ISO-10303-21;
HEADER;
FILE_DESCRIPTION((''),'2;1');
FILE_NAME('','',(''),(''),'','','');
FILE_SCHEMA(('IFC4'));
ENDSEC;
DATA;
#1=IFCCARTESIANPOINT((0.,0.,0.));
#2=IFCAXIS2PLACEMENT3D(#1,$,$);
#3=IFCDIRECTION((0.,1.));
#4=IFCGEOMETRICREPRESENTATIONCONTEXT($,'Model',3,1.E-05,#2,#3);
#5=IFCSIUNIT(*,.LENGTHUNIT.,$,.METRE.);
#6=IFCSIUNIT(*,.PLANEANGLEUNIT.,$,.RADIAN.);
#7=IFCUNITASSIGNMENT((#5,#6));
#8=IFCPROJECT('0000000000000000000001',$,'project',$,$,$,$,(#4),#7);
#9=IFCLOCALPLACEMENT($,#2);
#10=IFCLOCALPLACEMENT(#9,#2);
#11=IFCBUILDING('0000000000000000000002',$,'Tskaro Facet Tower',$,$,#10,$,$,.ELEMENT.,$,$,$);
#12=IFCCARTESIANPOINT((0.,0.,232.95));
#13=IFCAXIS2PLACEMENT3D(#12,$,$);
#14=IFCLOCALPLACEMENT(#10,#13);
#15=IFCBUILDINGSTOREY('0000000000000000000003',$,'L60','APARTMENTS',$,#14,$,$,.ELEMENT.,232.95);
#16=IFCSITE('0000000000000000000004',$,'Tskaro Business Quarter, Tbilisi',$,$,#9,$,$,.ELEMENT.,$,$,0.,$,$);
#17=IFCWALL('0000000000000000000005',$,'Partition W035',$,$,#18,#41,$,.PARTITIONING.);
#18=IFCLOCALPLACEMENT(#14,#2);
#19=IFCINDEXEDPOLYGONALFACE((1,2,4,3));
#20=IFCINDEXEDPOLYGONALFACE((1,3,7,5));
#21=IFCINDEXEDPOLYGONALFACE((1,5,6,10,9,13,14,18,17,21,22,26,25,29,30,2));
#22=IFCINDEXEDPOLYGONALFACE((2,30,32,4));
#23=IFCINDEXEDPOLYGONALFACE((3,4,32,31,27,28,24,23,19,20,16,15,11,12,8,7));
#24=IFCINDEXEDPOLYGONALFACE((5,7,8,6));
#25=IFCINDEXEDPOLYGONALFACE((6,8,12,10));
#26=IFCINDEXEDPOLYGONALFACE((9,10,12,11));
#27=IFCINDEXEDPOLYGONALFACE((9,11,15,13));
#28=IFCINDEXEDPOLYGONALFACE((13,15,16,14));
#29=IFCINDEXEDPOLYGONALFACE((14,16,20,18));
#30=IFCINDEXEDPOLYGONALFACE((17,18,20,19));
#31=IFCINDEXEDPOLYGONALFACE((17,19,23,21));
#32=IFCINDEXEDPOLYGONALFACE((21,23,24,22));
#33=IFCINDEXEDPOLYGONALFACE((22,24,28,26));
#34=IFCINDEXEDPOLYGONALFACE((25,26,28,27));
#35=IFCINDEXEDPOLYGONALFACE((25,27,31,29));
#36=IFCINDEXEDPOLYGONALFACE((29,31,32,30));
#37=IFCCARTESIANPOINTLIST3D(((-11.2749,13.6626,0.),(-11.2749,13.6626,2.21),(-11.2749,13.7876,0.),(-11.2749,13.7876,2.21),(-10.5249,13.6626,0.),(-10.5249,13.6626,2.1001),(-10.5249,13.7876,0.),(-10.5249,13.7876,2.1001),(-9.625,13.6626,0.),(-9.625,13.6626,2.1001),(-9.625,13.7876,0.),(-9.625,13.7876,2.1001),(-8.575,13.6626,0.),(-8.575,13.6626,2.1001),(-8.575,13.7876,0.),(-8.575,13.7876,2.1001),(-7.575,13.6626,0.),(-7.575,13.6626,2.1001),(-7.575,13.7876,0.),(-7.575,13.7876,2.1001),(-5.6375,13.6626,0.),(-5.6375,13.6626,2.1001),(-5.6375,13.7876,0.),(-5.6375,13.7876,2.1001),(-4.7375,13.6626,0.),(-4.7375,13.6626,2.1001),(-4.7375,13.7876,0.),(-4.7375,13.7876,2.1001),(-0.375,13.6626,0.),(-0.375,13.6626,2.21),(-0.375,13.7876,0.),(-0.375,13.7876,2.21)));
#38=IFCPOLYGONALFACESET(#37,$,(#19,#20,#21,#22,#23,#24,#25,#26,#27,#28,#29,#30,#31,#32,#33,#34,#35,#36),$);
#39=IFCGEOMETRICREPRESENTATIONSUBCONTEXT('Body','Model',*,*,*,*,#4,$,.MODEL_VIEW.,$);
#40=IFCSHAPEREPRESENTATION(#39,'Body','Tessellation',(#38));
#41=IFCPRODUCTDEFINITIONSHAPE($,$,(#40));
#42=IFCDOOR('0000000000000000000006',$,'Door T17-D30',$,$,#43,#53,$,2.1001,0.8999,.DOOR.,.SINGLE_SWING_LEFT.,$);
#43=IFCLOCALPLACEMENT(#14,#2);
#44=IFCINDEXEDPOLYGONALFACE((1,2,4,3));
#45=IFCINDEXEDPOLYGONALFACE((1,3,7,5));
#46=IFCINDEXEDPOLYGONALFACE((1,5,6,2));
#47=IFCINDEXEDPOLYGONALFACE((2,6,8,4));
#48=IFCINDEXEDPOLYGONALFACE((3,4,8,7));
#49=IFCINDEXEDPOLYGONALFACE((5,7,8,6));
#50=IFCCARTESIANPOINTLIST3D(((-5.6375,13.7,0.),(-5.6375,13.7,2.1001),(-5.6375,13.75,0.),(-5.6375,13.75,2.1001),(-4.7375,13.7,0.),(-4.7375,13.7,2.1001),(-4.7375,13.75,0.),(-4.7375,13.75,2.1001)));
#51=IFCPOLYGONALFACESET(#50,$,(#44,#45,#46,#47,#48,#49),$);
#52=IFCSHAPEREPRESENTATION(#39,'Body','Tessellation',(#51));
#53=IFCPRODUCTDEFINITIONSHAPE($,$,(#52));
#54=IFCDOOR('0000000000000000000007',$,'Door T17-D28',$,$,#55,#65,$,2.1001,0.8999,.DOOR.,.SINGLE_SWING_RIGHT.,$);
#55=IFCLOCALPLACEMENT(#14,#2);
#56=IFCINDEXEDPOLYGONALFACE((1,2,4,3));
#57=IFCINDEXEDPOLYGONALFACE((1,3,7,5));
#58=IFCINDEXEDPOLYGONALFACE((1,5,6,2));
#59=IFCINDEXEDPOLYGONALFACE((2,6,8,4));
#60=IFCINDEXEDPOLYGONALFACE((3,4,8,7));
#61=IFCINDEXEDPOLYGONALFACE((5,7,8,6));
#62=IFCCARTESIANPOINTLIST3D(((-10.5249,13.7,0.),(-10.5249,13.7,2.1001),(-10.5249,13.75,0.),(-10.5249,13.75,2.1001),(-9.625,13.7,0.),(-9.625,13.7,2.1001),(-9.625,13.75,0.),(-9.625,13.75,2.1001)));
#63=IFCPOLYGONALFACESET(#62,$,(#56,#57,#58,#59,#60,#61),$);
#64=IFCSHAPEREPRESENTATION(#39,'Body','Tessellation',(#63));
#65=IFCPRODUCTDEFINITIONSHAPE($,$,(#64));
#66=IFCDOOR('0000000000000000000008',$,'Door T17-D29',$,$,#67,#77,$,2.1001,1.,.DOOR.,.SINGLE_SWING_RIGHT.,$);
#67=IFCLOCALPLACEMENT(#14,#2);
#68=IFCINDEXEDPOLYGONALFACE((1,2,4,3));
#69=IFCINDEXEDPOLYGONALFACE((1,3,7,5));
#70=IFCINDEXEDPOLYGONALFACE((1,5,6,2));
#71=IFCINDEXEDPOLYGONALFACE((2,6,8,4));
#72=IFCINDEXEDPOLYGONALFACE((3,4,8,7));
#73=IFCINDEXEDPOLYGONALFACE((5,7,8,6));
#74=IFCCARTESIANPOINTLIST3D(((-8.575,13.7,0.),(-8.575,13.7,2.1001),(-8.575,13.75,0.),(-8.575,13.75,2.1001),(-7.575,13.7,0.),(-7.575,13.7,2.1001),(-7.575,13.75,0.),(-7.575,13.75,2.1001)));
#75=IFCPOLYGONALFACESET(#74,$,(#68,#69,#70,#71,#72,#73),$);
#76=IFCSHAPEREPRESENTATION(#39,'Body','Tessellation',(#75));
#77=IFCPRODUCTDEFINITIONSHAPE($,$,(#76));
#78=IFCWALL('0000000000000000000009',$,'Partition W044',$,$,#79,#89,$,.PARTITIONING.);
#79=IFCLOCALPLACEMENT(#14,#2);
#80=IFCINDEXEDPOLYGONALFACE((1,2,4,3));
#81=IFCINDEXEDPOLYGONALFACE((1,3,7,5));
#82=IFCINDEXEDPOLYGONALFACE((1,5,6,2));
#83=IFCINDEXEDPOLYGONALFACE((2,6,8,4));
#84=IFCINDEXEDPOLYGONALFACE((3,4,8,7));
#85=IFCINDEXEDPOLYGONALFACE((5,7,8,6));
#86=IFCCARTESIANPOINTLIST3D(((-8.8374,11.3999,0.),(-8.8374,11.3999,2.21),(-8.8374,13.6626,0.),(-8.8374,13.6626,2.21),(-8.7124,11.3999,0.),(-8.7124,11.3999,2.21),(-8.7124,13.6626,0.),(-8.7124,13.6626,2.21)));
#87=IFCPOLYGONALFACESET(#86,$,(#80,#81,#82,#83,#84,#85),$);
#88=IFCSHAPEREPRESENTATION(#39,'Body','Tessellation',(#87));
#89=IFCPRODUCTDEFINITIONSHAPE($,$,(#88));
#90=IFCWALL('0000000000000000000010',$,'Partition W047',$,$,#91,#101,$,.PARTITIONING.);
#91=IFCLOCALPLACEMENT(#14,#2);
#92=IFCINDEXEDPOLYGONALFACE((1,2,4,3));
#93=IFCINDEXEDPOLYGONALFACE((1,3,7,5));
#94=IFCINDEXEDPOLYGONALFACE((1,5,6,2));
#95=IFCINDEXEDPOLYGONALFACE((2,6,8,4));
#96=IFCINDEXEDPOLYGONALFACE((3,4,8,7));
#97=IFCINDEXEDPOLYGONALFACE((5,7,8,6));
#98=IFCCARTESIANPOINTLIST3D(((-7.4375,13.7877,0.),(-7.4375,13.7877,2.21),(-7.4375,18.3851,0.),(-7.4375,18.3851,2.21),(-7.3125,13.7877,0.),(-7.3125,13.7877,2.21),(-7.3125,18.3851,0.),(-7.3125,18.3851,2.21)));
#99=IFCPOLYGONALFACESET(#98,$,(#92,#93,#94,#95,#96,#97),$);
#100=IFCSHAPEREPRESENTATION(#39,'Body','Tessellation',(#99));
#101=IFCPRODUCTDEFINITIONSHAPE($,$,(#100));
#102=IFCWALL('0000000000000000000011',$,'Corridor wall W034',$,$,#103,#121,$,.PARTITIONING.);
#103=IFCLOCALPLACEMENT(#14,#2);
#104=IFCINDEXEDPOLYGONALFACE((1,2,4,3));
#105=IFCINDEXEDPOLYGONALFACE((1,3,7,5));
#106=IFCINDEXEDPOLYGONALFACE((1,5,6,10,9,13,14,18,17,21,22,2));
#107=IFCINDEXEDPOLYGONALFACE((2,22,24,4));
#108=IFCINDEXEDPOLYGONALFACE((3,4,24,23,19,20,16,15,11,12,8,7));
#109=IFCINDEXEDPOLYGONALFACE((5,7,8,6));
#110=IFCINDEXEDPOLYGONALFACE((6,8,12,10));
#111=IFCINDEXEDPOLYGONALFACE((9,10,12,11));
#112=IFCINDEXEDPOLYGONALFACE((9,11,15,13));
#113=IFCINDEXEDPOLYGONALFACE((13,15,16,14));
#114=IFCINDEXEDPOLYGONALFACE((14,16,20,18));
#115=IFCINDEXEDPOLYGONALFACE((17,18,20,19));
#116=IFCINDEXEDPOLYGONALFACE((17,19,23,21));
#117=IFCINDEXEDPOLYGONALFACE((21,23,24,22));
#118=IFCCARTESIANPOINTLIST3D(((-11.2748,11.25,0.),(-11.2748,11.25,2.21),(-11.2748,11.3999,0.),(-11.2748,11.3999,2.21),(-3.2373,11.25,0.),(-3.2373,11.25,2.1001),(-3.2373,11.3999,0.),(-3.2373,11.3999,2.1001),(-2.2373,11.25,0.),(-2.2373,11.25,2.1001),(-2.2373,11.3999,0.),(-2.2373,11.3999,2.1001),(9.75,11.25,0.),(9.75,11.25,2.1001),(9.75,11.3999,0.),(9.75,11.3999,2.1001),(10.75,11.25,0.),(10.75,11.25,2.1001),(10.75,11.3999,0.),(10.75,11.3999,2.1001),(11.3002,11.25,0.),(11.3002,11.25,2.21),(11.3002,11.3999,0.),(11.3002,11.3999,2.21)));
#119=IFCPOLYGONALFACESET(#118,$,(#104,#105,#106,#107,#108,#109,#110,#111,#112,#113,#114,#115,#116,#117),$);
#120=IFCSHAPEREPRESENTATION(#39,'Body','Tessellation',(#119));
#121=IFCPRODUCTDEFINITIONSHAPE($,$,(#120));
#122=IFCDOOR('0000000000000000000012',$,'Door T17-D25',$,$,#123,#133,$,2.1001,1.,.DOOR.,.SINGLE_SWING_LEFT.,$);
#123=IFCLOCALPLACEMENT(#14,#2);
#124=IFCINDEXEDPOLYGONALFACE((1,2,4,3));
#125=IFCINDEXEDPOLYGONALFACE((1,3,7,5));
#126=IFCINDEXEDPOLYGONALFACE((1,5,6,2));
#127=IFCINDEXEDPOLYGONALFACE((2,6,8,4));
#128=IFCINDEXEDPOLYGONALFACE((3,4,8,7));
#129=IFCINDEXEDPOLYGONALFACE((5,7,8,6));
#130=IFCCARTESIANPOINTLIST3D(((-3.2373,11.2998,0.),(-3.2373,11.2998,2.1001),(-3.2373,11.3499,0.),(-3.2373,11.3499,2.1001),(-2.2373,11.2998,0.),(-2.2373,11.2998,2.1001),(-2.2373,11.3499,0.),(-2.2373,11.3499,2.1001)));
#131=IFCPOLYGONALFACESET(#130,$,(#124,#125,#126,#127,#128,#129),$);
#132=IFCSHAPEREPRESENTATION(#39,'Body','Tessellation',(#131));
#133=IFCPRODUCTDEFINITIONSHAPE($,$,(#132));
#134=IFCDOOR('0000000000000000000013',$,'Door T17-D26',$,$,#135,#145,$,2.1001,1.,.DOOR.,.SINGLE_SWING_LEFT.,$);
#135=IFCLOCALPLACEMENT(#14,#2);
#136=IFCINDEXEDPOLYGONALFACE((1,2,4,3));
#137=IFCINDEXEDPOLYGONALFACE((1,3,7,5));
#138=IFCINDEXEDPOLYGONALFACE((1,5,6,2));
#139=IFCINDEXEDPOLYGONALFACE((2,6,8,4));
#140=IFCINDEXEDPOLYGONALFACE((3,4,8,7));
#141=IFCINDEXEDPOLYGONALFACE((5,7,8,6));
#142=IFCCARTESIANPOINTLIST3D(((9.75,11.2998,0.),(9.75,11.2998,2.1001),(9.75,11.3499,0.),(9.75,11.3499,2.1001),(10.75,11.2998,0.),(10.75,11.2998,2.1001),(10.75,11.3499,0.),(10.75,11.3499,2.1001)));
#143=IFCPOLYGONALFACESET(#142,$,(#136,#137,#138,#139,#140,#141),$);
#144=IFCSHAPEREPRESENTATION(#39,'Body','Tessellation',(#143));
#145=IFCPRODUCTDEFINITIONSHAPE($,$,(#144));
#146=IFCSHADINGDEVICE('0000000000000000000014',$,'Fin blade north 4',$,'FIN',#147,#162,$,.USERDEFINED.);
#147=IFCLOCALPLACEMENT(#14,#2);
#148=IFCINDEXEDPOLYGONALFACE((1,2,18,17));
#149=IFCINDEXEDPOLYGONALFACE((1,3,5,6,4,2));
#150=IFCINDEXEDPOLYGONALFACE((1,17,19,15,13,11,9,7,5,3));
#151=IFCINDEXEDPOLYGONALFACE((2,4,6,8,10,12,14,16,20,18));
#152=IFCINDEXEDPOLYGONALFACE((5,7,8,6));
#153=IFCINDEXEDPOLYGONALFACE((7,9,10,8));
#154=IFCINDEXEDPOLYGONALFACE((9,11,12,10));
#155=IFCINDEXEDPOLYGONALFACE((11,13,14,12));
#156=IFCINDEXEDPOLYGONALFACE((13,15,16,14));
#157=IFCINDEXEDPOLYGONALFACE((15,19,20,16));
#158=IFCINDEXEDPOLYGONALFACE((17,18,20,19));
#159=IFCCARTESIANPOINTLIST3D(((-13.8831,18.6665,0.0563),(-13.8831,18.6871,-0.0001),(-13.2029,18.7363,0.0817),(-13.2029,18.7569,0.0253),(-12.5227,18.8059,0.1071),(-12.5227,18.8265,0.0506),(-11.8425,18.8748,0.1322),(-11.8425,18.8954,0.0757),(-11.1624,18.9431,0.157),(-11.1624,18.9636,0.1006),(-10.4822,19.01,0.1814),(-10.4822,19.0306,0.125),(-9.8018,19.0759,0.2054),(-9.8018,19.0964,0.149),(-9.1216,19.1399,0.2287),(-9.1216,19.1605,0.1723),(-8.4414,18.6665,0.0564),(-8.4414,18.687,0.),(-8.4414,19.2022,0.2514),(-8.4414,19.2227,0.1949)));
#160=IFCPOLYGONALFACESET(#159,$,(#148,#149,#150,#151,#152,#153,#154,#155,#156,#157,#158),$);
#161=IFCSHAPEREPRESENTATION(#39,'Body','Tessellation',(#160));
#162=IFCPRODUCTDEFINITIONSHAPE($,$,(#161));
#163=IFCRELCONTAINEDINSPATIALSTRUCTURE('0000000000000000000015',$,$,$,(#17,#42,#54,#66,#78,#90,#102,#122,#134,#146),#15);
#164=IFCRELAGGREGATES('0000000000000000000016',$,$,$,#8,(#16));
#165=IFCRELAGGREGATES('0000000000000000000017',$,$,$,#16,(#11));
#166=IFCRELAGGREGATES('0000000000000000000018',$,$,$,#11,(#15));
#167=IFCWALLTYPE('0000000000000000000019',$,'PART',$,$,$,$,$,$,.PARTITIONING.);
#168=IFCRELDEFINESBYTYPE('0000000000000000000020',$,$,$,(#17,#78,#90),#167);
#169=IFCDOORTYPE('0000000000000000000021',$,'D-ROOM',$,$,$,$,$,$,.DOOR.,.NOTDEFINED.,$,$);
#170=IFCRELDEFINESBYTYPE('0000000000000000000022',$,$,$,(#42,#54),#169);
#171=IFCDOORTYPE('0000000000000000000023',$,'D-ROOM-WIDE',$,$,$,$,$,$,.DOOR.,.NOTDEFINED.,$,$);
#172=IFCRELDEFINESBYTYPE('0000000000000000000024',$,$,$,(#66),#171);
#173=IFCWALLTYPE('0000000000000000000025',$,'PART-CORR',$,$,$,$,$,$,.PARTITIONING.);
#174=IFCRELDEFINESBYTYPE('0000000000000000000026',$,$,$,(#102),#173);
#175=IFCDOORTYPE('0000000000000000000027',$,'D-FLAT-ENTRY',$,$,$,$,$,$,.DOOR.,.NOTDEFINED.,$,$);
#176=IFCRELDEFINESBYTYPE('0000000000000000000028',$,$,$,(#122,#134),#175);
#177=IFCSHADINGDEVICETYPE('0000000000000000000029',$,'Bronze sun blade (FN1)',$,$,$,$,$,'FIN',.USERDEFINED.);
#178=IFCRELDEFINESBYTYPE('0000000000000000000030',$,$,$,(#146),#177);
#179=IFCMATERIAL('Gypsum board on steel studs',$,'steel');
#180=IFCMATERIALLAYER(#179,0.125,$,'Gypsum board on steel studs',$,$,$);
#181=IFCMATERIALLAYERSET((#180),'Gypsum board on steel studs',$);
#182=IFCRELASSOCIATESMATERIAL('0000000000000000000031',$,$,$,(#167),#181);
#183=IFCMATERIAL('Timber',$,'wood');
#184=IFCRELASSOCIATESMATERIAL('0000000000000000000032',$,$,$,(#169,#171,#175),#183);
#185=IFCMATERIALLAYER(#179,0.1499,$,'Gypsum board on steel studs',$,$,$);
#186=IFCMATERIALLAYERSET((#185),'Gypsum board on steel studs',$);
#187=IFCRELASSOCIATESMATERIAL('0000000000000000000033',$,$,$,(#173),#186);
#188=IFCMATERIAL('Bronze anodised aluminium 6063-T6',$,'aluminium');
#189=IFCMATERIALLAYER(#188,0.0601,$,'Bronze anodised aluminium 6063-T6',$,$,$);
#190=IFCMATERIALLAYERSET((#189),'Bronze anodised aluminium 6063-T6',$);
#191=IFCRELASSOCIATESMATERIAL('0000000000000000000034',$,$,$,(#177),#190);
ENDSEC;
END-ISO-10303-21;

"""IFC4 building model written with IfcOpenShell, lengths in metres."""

from ifc_helpers import new_model, si_unit, direction, frame, frame_2d, origin, place, context, subcontext, project, spatial, polyline, rectangle, outline, extrude, material, layer, layer_set, type_object, element, fill, save


model = new_model("IFC4")

# Units and contexts
model_context = context("Model", 3, precision=1e-05, world=origin(), true_north=direction((0.0, 1.0)))
body_context = subcontext(model_context, "Body", "Model", "MODEL_VIEW")
ifc_project = project(units=[si_unit("LENGTHUNIT", "METRE"), si_unit("PLANEANGLEUNIT", "RADIAN")], contexts=[model_context])

# Site, building, storey
site_placement = place(None, origin())
site = spatial("IfcSite", under=ifc_project, at=site_placement, Name="Tskaro Business Quarter, Tbilisi", CompositionType="ELEMENT", RefElevation=0.0)
building_placement = place(site_placement, origin())
building = spatial("IfcBuilding", under=site, at=building_placement, Name="Tskaro Facet Tower", CompositionType="ELEMENT")
storey_placement = place(building_placement, frame((0.0, 0.0, 232.95)))
storey = spatial("IfcBuildingStorey", under=building, at=storey_placement, Name="L60", Description="APARTMENTS", CompositionType="ELEMENT", Elevation=232.95)

# Shared definitions
ifc_material_1 = material(Name="Bronze anodised aluminium 6063-T6", Category="aluminium")

# Wall, openings, doors
ifc_material_2 = material(Name="Gypsum board on steel studs", Category="steel")
ifc_layer_1 = layer(ifc_material_2, 0.125, Name="Gypsum board on steel studs")
ifc_layer_set_1 = layer_set([ifc_layer_1], Name="Gypsum board on steel studs")
wall_type_1 = type_object("IfcWallType", Name="PART", PredefinedType="PARTITIONING", material=ifc_layer_set_1)
wall_1_placement = place(storey_placement, frame((-11.2749, 13.7251, 0.0), z_axis=(0.0, 0.0, 1.0), x_axis=(1.0, 0.0, 0.0)))
wall_1 = element("IfcWall", 1, at=wall_1_placement, inside=storey, type_object=wall_type_1, Name="Partition W035", PredefinedType="PARTITIONING", context=body_context, shape_type="SweptSolid", body=[
    extrude(rectangle(XDim=10.8999, YDim=0.125, at=frame_2d((5.45, 0.0))), origin(), (0.0, 0.0, 1.0), 2.21),
])
opening_1_placement = place(wall_1_placement, frame((5.6375, 0.0, 0.0)))
opening_1 = element("IfcOpeningElement", 2, at=opening_1_placement, cuts=wall_1, PredefinedType="OPENING", context=body_context, shape_type="SweptSolid", body=[
    extrude(rectangle(XDim=0.8999, YDim=2.1001, at=frame_2d((0.45, 1.05))), frame((0.0, 0.0725, 0.0), z_axis=(0.0, -1.0, 0.0), x_axis=(1.0, 0.0, 0.0)), (0.0, 0.0, 1.0), 0.145),
])
opening_2_placement = place(wall_1_placement, frame((2.7, 0.0, 0.0)))
opening_2 = element("IfcOpeningElement", 3, at=opening_2_placement, cuts=wall_1, PredefinedType="OPENING", context=body_context, shape_type="SweptSolid", body=[
    extrude(rectangle(XDim=1.0, YDim=2.1001, at=frame_2d((0.5, 1.05))), frame((0.0, 0.0725, 0.0), z_axis=(0.0, -1.0, 0.0), x_axis=(1.0, 0.0, 0.0)), (0.0, 0.0, 1.0), 0.145),
])
opening_3_placement = place(wall_1_placement, frame((0.75, 0.0, 0.0)))
opening_3 = element("IfcOpeningElement", 4, at=opening_3_placement, cuts=wall_1, PredefinedType="OPENING", context=body_context, shape_type="SweptSolid", body=[
    extrude(rectangle(XDim=0.8999, YDim=2.1001, at=frame_2d((0.45, 1.05))), frame((0.0, 0.0725, 0.0), z_axis=(0.0, -1.0, 0.0), x_axis=(1.0, 0.0, 0.0)), (0.0, 0.0, 1.0), 0.145),
])
ifc_material_3 = material(Name="Timber", Category="wood")
door_type_1 = type_object("IfcDoorType", Name="D-ROOM", OperationType="NOTDEFINED", PredefinedType="DOOR", material=ifc_material_3)
door_1_placement = place(opening_1_placement, origin())
door_1 = element("IfcDoor", 5, at=door_1_placement, inside=storey, type_object=door_type_1, Name="Door T17-D30", OperationType="SINGLE_SWING_LEFT", OverallHeight=2.1001, OverallWidth=0.8999, PredefinedType="DOOR", context=body_context, shape_type="SweptSolid", body=[
    extrude(rectangle(XDim=0.8999, YDim=2.1001, at=frame_2d((0.45, 1.05))), frame((0.0, 0.0249, 0.0), z_axis=(0.0, -1.0, 0.0), x_axis=(1.0, 0.0, 0.0)), (0.0, 0.0, 1.0), 0.05),
])
fill(opening_1, door_1)
door_2_placement = place(opening_3_placement, origin())
door_2 = element("IfcDoor", 6, at=door_2_placement, inside=storey, type_object=door_type_1, Name="Door T17-D28", OperationType="SINGLE_SWING_RIGHT", OverallHeight=2.1001, OverallWidth=0.8999, PredefinedType="DOOR", context=body_context, shape_type="SweptSolid", body=[
    extrude(rectangle(XDim=0.8999, YDim=2.1001, at=frame_2d((0.45, 1.05))), frame((0.0, 0.0249, 0.0), z_axis=(0.0, -1.0, 0.0), x_axis=(1.0, 0.0, 0.0)), (0.0, 0.0, 1.0), 0.05),
])
fill(opening_3, door_2)
door_type_2 = type_object("IfcDoorType", Name="D-ROOM-WIDE", OperationType="NOTDEFINED", PredefinedType="DOOR", material=ifc_material_3)
door_3_placement = place(opening_2_placement, origin())
door_3 = element("IfcDoor", 7, at=door_3_placement, inside=storey, type_object=door_type_2, Name="Door T17-D29", OperationType="SINGLE_SWING_RIGHT", OverallHeight=2.1001, OverallWidth=1.0, PredefinedType="DOOR", context=body_context, shape_type="SweptSolid", body=[
    extrude(rectangle(XDim=1.0, YDim=2.1001, at=frame_2d((0.5, 1.05))), frame((0.0, 0.0249, 0.0), z_axis=(0.0, -1.0, 0.0), x_axis=(1.0, 0.0, 0.0)), (0.0, 0.0, 1.0), 0.05),
])
fill(opening_2, door_3)

# Walls
wall_2_placement = place(storey_placement, frame((-8.7749, 11.3999, 0.0), z_axis=(0.0, 0.0, 1.0), x_axis=(0.0, 1.0, 0.0)))
element("IfcWall", 8, at=wall_2_placement, inside=storey, type_object=wall_type_1, Name="Partition W044", PredefinedType="PARTITIONING", context=body_context, shape_type="SweptSolid", body=[
    extrude(rectangle(XDim=2.2627, YDim=0.125, at=frame_2d((1.1313, 0.0))), origin(), (0.0, 0.0, 1.0), 2.21),
])
wall_3_placement = place(storey_placement, frame((-7.375, 13.7876, 0.0), z_axis=(0.0, 0.0, 1.0), x_axis=(0.0, 1.0, 0.0)))
element("IfcWall", 9, at=wall_3_placement, inside=storey, type_object=wall_type_1, Name="Partition W047", PredefinedType="PARTITIONING", context=body_context, shape_type="SweptSolid", body=[
    extrude(rectangle(XDim=4.5974, YDim=0.125, at=frame_2d((2.2988, 0.0))), origin(), (0.0, 0.0, 1.0), 2.21),
])

# Wall, openings, doors
ifc_layer_2 = layer(ifc_material_2, 0.1499, Name="Gypsum board on steel studs")
ifc_layer_set_2 = layer_set([ifc_layer_2], Name="Gypsum board on steel studs")
wall_type_2 = type_object("IfcWallType", Name="PART-CORR", PredefinedType="PARTITIONING", material=ifc_layer_set_2)
wall_4_placement = place(storey_placement, frame((-11.2749, 11.325, 0.0), z_axis=(0.0, 0.0, 1.0), x_axis=(1.0, 0.0, 0.0)))
wall_4 = element("IfcWall", 10, at=wall_4_placement, inside=storey, type_object=wall_type_2, Name="Corridor wall W034", PredefinedType="PARTITIONING", context=body_context, shape_type="SweptSolid", body=[
    extrude(rectangle(XDim=22.575, YDim=0.1499, at=frame_2d((11.2876, 0.0))), origin(), (0.0, 0.0, 1.0), 2.21),
])
opening_4_placement = place(wall_4_placement, frame((8.0376, 0.0, 0.0)))
opening_4 = element("IfcOpeningElement", 11, at=opening_4_placement, cuts=wall_4, PredefinedType="OPENING", context=body_context, shape_type="SweptSolid", body=[
    extrude(rectangle(XDim=1.0, YDim=2.1001, at=frame_2d((0.5, 1.05))), frame((0.0, 0.085, 0.0), z_axis=(0.0, -1.0, 0.0), x_axis=(1.0, 0.0, 0.0)), (0.0, 0.0, 1.0), 0.1699),
])
opening_5_placement = place(wall_4_placement, frame((21.0249, 0.0, 0.0)))
opening_5 = element("IfcOpeningElement", 12, at=opening_5_placement, cuts=wall_4, PredefinedType="OPENING", context=body_context, shape_type="SweptSolid", body=[
    extrude(rectangle(XDim=1.0, YDim=2.1001, at=frame_2d((0.5, 1.05))), frame((0.0, 0.085, 0.0), z_axis=(0.0, -1.0, 0.0), x_axis=(1.0, 0.0, 0.0)), (0.0, 0.0, 1.0), 0.1699),
])
door_type_3 = type_object("IfcDoorType", Name="D-FLAT-ENTRY", OperationType="NOTDEFINED", PredefinedType="DOOR", material=ifc_material_3)
door_4_placement = place(opening_4_placement, origin())
door_4 = element("IfcDoor", 13, at=door_4_placement, inside=storey, type_object=door_type_3, Name="Door T17-D25", OperationType="SINGLE_SWING_LEFT", OverallHeight=2.1001, OverallWidth=1.0, PredefinedType="DOOR", context=body_context, shape_type="SweptSolid", body=[
    extrude(rectangle(XDim=1.0, YDim=2.1001, at=frame_2d((0.5, 1.05))), frame((0.0, 0.0249, 0.0), z_axis=(0.0, -1.0, 0.0), x_axis=(1.0, 0.0, 0.0)), (0.0, 0.0, 1.0), 0.05),
])
fill(opening_4, door_4)
door_5_placement = place(opening_5_placement, origin())
door_5 = element("IfcDoor", 14, at=door_5_placement, inside=storey, type_object=door_type_3, Name="Door T17-D26", OperationType="SINGLE_SWING_LEFT", OverallHeight=2.1001, OverallWidth=1.0, PredefinedType="DOOR", context=body_context, shape_type="SweptSolid", body=[
    extrude(rectangle(XDim=1.0, YDim=2.1001, at=frame_2d((0.5, 1.05))), frame((0.0, 0.0249, 0.0), z_axis=(0.0, -1.0, 0.0), x_axis=(1.0, 0.0, 0.0)), (0.0, 0.0, 1.0), 0.05),
])
fill(opening_5, door_5)

# Shading device
ifc_layer_3 = layer(ifc_material_1, 0.0601, Name="Bronze anodised aluminium 6063-T6")
ifc_layer_set_3 = layer_set([ifc_layer_3], Name="Bronze anodised aluminium 6063-T6")
shading_device_type = type_object("IfcShadingDeviceType", Name="Bronze sun blade (FN1)", ElementType="FIN", PredefinedType="USERDEFINED", material=ifc_layer_set_3)
shading_device_placement = place(storey_placement, frame((-8.4414, 18.6665, 0.0564), z_axis=(-0.000016, -0.342042, 0.939685), x_axis=(-1.0, 0.000006, -0.000015)))
element("IfcShadingDevice", 15, at=shading_device_placement, inside=storey, type_object=shading_device_type, Name="Fin blade north 4", ObjectType="FIN", PredefinedType="USERDEFINED", context=body_context, shape_type="SweptSolid", body=[
    extrude(outline(polyline([(0.0, 0.0), (5.4417, 0.0), (4.7615, -0.0743), (4.0813, -0.1484), (3.4011, -0.2217), (2.7209, -0.2943), (2.0408, -0.3655), (1.3604, -0.4357), (0.6802, -0.5038), (0.0, -0.5701), (0.0, 0.0)])), origin(), (0.0, 0.0, -1.0), 0.0601),
])

save(model, "model.ifc")
